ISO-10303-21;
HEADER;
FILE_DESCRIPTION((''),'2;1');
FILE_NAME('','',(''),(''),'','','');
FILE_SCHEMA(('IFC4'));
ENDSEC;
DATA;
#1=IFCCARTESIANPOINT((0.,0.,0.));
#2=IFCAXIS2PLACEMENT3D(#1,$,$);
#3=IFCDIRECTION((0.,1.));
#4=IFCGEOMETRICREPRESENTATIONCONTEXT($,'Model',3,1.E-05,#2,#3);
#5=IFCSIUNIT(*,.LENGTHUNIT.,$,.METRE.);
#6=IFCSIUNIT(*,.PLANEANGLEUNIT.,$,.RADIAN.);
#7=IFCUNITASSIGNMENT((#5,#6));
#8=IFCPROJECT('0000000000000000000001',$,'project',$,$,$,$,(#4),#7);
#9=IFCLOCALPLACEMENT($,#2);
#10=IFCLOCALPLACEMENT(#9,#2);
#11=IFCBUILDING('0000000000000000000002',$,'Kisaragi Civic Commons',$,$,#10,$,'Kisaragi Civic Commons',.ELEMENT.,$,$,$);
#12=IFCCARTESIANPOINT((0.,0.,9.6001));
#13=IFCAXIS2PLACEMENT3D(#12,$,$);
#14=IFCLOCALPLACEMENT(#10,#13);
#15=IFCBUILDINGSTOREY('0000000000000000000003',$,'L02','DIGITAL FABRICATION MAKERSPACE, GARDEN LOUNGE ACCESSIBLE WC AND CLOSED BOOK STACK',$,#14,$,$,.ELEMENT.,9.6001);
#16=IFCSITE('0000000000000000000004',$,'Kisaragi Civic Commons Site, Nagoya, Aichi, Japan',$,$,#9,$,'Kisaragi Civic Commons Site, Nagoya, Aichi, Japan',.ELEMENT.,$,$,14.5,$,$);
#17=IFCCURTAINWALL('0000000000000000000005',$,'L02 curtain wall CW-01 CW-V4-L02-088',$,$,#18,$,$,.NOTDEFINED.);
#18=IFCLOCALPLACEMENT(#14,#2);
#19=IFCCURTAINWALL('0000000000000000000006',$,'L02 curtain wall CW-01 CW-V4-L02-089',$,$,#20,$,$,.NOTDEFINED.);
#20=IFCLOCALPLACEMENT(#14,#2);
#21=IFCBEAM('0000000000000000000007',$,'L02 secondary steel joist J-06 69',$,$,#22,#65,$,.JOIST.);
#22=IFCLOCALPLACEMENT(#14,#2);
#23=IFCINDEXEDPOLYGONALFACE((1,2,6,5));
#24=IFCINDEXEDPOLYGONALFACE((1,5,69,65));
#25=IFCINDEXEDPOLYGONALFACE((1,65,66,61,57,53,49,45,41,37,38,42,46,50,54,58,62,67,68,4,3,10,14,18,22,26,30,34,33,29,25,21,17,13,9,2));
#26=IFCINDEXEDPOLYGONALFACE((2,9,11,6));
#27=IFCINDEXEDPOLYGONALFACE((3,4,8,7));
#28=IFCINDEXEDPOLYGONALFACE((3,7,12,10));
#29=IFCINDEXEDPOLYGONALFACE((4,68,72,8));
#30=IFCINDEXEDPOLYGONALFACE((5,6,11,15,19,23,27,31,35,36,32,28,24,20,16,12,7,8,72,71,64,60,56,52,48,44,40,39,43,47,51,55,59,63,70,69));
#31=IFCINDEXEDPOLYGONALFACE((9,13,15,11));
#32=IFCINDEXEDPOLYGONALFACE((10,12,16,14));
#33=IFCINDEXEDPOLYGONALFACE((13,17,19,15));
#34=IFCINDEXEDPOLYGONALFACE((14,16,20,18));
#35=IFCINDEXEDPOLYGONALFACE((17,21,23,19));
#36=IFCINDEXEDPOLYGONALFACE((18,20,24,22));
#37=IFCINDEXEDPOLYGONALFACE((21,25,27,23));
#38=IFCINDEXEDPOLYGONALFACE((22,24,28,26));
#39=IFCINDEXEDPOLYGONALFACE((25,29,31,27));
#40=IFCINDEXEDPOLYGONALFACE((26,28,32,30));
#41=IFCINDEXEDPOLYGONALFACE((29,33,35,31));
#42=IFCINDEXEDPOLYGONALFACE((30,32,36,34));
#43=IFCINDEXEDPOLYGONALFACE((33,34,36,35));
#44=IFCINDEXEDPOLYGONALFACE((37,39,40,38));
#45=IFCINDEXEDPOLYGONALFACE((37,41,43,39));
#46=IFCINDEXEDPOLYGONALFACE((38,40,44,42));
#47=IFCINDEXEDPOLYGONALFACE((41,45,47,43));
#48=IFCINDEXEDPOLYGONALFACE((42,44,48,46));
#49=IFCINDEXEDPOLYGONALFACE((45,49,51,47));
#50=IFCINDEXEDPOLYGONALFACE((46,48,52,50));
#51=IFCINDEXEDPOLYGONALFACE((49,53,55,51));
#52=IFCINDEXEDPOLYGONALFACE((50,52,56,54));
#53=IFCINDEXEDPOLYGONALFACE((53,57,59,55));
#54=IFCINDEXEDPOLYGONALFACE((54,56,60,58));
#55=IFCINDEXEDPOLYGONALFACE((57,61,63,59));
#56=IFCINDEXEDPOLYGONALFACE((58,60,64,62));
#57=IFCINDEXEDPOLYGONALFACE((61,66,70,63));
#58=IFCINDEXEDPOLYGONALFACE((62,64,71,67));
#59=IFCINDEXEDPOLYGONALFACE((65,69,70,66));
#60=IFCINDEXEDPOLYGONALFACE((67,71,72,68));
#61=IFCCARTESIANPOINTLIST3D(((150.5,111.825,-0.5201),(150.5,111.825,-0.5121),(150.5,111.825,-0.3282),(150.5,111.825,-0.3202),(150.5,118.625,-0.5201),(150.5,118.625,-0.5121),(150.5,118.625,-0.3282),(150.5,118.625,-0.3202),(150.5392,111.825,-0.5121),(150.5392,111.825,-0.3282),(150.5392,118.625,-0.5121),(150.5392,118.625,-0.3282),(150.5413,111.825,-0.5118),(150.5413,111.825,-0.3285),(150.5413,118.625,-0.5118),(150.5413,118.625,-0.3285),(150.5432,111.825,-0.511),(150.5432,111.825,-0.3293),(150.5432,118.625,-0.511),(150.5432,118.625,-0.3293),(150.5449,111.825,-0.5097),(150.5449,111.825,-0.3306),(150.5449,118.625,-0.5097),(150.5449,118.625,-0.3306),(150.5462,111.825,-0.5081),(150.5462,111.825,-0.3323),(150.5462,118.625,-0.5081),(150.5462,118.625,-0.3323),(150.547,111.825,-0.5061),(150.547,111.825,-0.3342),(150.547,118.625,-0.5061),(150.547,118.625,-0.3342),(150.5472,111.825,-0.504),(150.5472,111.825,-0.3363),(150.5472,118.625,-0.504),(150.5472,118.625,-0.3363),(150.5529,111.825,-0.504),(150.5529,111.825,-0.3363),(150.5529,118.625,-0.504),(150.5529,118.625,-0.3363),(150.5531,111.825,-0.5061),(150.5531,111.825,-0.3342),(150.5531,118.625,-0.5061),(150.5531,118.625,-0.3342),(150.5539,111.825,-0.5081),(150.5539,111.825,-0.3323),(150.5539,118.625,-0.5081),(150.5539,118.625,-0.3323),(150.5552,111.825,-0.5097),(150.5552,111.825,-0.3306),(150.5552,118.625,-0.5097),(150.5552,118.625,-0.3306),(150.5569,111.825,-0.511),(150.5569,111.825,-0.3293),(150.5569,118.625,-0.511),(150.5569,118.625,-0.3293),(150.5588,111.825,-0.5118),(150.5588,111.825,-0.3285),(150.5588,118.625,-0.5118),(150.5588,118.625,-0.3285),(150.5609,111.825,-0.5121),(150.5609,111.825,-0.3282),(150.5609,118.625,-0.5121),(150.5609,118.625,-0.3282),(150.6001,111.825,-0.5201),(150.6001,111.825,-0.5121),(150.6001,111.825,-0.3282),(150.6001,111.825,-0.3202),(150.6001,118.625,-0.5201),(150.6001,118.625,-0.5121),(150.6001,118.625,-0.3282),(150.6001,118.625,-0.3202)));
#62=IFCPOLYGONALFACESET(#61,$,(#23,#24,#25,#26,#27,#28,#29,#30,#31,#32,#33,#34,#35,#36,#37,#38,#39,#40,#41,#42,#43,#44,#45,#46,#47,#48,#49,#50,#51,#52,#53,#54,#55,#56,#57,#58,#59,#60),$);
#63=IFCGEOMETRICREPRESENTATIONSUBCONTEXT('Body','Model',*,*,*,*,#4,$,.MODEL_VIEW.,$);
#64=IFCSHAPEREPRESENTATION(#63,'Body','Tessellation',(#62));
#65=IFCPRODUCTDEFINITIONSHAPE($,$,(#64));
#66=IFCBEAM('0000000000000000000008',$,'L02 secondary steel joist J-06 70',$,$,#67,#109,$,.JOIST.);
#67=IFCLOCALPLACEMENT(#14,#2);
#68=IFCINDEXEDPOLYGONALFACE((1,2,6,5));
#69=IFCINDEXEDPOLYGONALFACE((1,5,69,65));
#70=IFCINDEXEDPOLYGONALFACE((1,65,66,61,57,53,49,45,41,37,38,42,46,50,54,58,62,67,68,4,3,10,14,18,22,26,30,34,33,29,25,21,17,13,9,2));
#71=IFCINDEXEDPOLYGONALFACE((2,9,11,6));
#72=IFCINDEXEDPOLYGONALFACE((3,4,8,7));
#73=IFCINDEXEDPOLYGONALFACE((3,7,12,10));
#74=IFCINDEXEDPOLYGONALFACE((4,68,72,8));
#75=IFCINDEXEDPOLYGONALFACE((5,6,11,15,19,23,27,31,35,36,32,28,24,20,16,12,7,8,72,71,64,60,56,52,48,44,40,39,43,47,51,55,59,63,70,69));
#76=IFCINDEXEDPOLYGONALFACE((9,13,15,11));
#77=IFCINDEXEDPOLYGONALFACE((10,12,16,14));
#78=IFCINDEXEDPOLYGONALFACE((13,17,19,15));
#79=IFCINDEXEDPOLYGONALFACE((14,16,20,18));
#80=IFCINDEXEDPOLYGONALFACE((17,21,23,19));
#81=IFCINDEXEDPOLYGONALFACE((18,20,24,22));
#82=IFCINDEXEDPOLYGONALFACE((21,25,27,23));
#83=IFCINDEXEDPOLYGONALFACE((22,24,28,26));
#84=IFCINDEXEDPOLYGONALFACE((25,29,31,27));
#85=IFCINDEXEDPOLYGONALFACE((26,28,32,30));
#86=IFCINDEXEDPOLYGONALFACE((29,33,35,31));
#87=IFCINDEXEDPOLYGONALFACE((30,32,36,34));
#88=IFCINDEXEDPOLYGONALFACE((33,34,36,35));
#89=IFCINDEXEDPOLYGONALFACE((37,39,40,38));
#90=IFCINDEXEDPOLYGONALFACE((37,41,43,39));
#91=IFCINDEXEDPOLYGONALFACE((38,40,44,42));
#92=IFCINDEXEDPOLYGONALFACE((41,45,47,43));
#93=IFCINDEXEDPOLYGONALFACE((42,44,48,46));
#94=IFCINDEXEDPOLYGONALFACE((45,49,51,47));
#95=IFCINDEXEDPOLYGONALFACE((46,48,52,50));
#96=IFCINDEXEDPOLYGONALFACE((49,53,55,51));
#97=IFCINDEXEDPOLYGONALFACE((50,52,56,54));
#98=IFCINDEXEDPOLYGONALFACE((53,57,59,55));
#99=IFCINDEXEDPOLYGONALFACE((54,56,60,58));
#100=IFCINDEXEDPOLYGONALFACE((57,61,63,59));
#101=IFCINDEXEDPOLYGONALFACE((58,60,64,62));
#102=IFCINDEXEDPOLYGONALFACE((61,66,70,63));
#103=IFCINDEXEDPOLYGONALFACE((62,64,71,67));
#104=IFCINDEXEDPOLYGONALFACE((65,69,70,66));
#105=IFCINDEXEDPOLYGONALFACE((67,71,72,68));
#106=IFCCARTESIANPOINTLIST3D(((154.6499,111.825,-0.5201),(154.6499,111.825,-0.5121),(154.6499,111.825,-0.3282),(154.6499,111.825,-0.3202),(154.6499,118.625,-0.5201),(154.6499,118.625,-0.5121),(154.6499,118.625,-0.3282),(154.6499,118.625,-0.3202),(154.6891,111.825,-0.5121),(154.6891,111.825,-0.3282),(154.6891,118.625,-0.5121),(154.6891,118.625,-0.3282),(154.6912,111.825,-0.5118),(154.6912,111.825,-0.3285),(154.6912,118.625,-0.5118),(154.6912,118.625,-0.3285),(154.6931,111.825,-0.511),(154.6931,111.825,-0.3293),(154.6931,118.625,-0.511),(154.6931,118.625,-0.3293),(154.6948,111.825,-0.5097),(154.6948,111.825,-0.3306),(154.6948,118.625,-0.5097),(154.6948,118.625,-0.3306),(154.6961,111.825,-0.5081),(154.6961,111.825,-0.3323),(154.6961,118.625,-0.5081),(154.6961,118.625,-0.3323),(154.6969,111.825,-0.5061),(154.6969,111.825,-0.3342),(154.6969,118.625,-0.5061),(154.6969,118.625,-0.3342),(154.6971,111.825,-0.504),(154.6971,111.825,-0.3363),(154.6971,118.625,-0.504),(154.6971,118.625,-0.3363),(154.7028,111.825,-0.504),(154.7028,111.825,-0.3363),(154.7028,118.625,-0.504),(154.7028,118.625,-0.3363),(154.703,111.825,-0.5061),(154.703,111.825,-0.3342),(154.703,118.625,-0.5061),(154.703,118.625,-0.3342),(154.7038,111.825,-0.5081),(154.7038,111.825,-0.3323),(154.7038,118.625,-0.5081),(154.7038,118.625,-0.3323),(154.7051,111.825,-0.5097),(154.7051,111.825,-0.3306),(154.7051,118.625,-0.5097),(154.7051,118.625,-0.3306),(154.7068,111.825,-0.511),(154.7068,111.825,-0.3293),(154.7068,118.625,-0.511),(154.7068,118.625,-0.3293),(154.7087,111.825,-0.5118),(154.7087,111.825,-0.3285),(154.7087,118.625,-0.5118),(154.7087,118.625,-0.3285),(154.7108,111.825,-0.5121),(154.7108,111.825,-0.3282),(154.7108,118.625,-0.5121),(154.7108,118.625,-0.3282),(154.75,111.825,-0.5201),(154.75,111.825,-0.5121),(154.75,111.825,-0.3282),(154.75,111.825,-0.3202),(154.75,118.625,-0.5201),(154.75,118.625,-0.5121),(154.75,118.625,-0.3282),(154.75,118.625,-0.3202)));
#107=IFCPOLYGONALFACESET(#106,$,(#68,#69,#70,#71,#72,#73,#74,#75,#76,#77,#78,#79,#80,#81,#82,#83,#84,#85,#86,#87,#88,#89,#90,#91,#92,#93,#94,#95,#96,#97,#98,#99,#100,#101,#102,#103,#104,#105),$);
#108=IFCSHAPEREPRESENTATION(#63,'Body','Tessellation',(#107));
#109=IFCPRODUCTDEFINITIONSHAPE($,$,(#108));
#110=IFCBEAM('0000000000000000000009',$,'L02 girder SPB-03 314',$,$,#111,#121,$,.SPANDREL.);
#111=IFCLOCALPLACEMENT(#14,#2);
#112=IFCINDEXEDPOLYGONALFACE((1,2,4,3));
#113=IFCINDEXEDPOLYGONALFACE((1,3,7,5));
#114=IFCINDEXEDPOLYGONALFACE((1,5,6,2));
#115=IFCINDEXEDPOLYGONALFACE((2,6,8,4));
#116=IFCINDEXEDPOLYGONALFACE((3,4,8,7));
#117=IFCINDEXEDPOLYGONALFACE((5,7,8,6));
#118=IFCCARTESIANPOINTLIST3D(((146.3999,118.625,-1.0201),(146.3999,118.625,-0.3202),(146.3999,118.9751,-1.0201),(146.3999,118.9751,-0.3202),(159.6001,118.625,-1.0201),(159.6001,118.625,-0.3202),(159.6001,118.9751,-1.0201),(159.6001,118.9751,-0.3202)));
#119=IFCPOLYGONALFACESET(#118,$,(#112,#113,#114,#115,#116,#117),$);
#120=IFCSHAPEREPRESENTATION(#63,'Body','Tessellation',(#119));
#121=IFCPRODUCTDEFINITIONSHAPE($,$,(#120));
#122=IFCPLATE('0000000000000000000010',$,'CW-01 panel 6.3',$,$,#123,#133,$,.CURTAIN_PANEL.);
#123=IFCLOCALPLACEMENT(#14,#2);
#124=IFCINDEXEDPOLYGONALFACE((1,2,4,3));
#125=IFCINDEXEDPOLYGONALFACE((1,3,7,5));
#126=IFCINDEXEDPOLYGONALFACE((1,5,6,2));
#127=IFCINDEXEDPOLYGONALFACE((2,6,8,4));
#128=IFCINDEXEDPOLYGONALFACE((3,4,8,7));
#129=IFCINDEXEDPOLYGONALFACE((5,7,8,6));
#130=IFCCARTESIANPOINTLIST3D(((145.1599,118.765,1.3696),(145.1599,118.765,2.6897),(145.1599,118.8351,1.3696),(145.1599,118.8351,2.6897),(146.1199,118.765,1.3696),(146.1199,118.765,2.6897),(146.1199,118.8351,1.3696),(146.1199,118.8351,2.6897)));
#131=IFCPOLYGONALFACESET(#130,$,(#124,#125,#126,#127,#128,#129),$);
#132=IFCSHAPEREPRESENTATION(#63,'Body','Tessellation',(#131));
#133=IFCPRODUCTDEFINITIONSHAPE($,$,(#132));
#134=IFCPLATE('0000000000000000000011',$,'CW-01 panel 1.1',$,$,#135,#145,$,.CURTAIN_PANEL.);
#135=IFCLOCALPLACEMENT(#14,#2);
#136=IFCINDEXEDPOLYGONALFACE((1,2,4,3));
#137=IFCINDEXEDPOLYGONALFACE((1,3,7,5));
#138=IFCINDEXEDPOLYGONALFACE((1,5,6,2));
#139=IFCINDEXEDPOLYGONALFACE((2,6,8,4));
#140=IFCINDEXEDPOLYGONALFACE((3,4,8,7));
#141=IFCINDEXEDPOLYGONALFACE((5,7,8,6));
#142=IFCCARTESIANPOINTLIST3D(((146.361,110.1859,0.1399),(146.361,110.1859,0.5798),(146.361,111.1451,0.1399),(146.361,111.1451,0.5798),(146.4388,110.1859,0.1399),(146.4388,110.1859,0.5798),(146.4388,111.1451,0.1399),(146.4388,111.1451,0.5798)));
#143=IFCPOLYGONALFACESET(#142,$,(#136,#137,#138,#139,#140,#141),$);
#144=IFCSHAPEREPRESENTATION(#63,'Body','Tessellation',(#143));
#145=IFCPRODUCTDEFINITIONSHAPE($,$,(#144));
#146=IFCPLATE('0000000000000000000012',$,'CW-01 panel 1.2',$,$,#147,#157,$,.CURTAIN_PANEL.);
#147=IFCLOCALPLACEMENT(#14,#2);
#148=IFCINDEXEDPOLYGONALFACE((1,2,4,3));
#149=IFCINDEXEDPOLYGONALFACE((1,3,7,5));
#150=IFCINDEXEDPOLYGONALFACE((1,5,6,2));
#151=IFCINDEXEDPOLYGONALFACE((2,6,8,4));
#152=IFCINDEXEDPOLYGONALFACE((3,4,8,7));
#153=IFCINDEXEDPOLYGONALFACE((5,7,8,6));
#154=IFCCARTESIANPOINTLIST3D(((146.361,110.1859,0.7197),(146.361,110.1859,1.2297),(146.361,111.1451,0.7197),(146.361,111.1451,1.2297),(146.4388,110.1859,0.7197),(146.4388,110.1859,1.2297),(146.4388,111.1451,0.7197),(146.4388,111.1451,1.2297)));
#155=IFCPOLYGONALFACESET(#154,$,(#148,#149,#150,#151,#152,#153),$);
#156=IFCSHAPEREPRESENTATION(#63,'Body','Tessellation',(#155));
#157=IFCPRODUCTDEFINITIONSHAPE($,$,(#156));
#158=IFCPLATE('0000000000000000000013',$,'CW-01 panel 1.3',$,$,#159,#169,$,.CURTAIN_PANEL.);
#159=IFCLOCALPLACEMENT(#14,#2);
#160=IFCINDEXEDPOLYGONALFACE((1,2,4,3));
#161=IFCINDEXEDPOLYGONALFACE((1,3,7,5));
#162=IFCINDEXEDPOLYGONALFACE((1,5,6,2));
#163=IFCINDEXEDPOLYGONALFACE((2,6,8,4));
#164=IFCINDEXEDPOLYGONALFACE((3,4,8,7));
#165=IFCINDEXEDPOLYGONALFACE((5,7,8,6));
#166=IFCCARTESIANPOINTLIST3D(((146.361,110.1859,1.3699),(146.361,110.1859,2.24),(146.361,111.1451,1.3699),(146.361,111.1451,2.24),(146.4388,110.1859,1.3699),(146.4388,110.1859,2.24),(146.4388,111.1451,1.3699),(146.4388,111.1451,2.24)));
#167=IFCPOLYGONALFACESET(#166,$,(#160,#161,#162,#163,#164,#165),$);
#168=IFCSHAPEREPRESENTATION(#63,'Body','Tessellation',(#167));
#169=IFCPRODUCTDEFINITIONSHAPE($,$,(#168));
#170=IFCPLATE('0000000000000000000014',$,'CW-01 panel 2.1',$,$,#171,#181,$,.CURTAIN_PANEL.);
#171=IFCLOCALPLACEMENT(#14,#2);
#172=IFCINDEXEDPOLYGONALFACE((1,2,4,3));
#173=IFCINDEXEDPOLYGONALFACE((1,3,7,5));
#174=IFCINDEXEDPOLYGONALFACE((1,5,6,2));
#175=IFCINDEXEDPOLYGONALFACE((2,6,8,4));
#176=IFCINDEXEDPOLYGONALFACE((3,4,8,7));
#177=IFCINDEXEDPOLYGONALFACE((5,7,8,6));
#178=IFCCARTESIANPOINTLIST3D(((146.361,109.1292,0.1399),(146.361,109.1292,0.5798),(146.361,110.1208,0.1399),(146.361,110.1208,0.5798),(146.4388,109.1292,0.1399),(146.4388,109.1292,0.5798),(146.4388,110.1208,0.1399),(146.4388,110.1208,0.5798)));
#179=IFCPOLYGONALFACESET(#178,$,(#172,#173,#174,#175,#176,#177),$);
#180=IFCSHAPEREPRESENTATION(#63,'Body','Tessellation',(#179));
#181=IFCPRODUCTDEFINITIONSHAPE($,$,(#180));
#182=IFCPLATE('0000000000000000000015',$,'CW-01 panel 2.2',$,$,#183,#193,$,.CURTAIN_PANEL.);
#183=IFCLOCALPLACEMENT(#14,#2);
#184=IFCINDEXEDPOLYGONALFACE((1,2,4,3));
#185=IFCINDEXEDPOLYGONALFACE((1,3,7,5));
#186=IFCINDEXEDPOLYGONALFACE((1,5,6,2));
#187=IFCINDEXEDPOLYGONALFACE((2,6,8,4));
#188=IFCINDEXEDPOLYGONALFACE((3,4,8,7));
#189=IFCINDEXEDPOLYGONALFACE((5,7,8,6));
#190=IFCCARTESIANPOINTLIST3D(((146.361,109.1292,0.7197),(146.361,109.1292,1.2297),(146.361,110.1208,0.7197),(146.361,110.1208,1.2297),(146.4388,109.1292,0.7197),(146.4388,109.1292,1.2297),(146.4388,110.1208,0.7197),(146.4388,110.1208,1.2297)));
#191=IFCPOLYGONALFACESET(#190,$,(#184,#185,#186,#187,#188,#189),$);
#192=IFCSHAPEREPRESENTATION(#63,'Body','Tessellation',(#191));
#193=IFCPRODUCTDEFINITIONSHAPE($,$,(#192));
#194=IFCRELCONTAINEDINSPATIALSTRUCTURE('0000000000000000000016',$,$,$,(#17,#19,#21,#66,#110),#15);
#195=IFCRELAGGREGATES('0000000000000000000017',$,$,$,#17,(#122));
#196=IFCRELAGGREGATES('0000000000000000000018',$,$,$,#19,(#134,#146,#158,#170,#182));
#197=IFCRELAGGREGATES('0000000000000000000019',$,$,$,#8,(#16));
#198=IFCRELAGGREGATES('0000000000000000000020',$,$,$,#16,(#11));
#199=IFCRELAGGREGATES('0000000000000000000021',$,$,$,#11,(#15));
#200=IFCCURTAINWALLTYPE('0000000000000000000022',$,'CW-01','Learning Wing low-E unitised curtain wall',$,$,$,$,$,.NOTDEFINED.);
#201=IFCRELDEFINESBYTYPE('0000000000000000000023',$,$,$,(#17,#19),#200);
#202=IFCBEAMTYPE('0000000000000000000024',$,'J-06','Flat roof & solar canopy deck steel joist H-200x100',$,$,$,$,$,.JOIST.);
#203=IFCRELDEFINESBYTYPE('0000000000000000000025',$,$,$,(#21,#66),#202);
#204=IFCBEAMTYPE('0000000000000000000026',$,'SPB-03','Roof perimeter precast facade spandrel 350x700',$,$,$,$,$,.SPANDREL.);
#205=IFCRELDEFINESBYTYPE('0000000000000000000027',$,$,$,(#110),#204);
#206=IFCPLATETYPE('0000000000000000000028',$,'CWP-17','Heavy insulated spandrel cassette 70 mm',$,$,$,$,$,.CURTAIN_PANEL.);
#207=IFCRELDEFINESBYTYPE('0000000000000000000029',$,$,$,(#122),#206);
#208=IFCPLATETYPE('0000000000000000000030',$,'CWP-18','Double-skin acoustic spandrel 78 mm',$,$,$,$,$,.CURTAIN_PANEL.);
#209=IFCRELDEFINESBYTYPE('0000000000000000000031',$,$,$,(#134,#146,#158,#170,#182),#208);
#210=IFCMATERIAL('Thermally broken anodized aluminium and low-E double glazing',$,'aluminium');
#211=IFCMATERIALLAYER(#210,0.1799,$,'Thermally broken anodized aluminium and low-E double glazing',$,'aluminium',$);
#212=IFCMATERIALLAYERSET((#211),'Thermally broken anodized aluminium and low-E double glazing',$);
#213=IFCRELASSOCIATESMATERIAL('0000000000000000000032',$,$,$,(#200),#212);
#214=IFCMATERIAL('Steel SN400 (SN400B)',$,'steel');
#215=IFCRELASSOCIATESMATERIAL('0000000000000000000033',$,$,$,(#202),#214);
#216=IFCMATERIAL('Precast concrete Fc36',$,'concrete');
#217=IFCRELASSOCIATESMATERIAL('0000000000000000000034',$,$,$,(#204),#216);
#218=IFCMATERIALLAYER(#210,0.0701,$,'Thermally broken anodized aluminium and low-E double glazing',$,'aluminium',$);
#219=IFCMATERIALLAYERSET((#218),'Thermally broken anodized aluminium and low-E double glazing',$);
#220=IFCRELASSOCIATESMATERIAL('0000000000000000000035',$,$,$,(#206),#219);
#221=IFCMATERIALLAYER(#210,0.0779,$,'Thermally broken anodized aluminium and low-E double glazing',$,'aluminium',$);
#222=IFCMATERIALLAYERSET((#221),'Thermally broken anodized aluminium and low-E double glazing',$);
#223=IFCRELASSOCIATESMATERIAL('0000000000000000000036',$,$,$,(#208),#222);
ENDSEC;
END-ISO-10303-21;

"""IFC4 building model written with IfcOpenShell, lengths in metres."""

from ifc_helpers import new_model, si_unit, direction, frame, origin, origin_2d, place, context, subcontext, project, spatial, rectangle, i_section, extrude, material, layer, layer_set, material_profile, profile_set, type_object, element, aggregate, save


model = new_model("IFC4")

# Units and contexts
model_context = context("Model", 3, precision=1e-05, world=origin(), true_north=direction((0.0, 1.0)))
body_context = subcontext(model_context, "Body", "Model", "MODEL_VIEW")
ifc_project = project(units=[si_unit("LENGTHUNIT", "METRE"), si_unit("PLANEANGLEUNIT", "RADIAN")], contexts=[model_context])

# Site, building, storey
site_placement = place(None, origin())
site = spatial("IfcSite", under=ifc_project, at=site_placement, Name="Kisaragi Civic Commons Site, Nagoya, Aichi, Japan", LongName="Kisaragi Civic Commons Site, Nagoya, Aichi, Japan", CompositionType="ELEMENT", RefElevation=14.5)
building_placement = place(site_placement, origin())
building = spatial("IfcBuilding", under=site, at=building_placement, Name="Kisaragi Civic Commons", LongName="Kisaragi Civic Commons", CompositionType="ELEMENT")
storey_placement = place(building_placement, frame((0.0, 0.0, 9.6001)))
storey = spatial("IfcBuildingStorey", under=building, at=storey_placement, Name="L02", Description="DIGITAL FABRICATION MAKERSPACE, GARDEN LOUNGE ACCESSIBLE WC AND CLOSED BOOK STACK", CompositionType="ELEMENT", Elevation=9.6001)

# Shared definitions
ifc_material_1 = material(Name="Precast concrete Fc36", Category="concrete")

# Curtain wall
ifc_material_2 = material(Name="Thermally broken anodized aluminium and low-E double glazing", Category="aluminium")
ifc_layer_1 = layer(ifc_material_2, 0.1799, Name="Thermally broken anodized aluminium and low-E double glazing", Category="aluminium")
ifc_layer_set_1 = layer_set([ifc_layer_1], Name="Thermally broken anodized aluminium and low-E double glazing")
curtain_wall_type = type_object("IfcCurtainWallType", Name="CW-01", Description="Learning Wing low-E unitised curtain wall", PredefinedType="NOTDEFINED", material=ifc_layer_set_1)
curtain_wall_1_placement = place(storey_placement, origin())
curtain_wall_1 = element("IfcCurtainWall", 1, at=curtain_wall_1_placement, inside=storey, type_object=curtain_wall_type, Name="L02 curtain wall CW-01 CW-V4-L02-088", PredefinedType="NOTDEFINED")

# Curtain wall
curtain_wall_2_placement = place(storey_placement, origin())
curtain_wall_2 = element("IfcCurtainWall", 2, at=curtain_wall_2_placement, inside=storey, type_object=curtain_wall_type, Name="L02 curtain wall CW-01 CW-V4-L02-089", PredefinedType="NOTDEFINED")

# Beams
ifc_material_3 = material(Name="Steel SN400 (SN400B)", Category="steel")
ifc_material_profile_1 = material_profile(ifc_material_3, i_section(OverallWidth=0.1001, OverallDepth=0.2, WebThickness=0.0056, FlangeThickness=0.0081, FilletRadius=0.0081, at=origin_2d()), Name="H-200x100x5.5x8", Category="steel")
ifc_profile_set_1 = profile_set([ifc_material_profile_1], Name="Steel SN400 (SN400B)")
beam_type_1 = type_object("IfcBeamType", Name="J-06", Description="Flat roof & solar canopy deck steel joist H-200x100", PredefinedType="JOIST", material=ifc_profile_set_1)
for number, where, z_axis, x_axis, name in (
    (3, (150.55, 111.825, -0.4202), (0.0, 1.0, 0.0), (-1.0, 0.0, 0.0), "L02 secondary steel joist J-06 69"),
    (4, (154.7, 111.825, -0.4202), (0.0, 1.0, 0.0), (-1.0, 0.0, 0.0), "L02 secondary steel joist J-06 70"),
):
    element("IfcBeam", number, at=place(storey_placement, frame(where, z_axis=z_axis, x_axis=x_axis)), inside=storey, type_object=beam_type_1, Name=name, PredefinedType="JOIST", context=body_context, shape_type="SweptSolid", body=[
        extrude(i_section(OverallWidth=0.1001, OverallDepth=0.2, WebThickness=0.0056, FlangeThickness=0.0081, FilletRadius=0.0081, at=origin_2d()), origin(), (0.0, 0.0, 1.0), 6.8),
    ])
ifc_material_profile_2 = material_profile(ifc_material_1, rectangle(XDim=0.3501, YDim=0.7, at=origin_2d()), Name="PC-350x700", Category="concrete")
ifc_profile_set_2 = profile_set([ifc_material_profile_2], Name="Precast concrete Fc36")
beam_type_2 = type_object("IfcBeamType", Name="SPB-03", Description="Roof perimeter precast facade spandrel 350x700", PredefinedType="SPANDREL", material=ifc_profile_set_2)
beam_1_placement = place(storey_placement, frame((146.3999, 118.8, -0.6702), z_axis=(1.0, 0.0, 0.0), x_axis=(0.0, 1.0, 0.0)))
element("IfcBeam", 5, at=beam_1_placement, inside=storey, type_object=beam_type_2, Name="L02 girder SPB-03 314", PredefinedType="SPANDREL", context=body_context, shape_type="SweptSolid", body=[
    extrude(rectangle(XDim=0.3501, YDim=0.7, at=origin_2d()), origin(), (0.0, 0.0, 1.0), 13.2002),
])

# Plates
ifc_layer_2 = layer(ifc_material_2, 0.0701, Name="Thermally broken anodized aluminium and low-E double glazing", Category="aluminium")
ifc_layer_set_2 = layer_set([ifc_layer_2], Name="Thermally broken anodized aluminium and low-E double glazing")
plate_type_1 = type_object("IfcPlateType", Name="CWP-17", Description="Heavy insulated spandrel cassette 70 mm", PredefinedType="CURTAIN_PANEL", material=ifc_layer_set_2)
plate_1_placement = place(storey_placement, frame((145.6399, 118.8, 1.3696), z_axis=(0.0, 0.0, 1.0), x_axis=(1.0, 0.0, 0.0)))
plate_1 = element("IfcPlate", 6, at=plate_1_placement, type_object=plate_type_1, Name="CW-01 panel 6.3", PredefinedType="CURTAIN_PANEL", context=body_context, shape_type="SweptSolid", body=[
    extrude(rectangle(XDim=0.96, YDim=0.0701, at=origin_2d()), origin(), (0.0, 0.0, 1.0), 1.3201),
])
aggregate(curtain_wall_1, [plate_1])
ifc_layer_3 = layer(ifc_material_2, 0.0779, Name="Thermally broken anodized aluminium and low-E double glazing", Category="aluminium")
ifc_layer_set_3 = layer_set([ifc_layer_3], Name="Thermally broken anodized aluminium and low-E double glazing")
plate_type_2 = type_object("IfcPlateType", Name="CWP-18", Description="Double-skin acoustic spandrel 78 mm", PredefinedType="CURTAIN_PANEL", material=ifc_layer_set_3)
plate_2_placement = place(storey_placement, frame((146.3999, 110.6655, 0.1399), z_axis=(0.0, 0.0, 1.0), x_axis=(0.0, -1.0, 0.0)))
plate_2 = element("IfcPlate", 7, at=plate_2_placement, type_object=plate_type_2, Name="CW-01 panel 1.1", PredefinedType="CURTAIN_PANEL", context=body_context, shape_type="SweptSolid", body=[
    extrude(rectangle(XDim=0.9592, YDim=0.0779, at=origin_2d()), origin(), (0.0, 0.0, 1.0), 0.4399),
])
plate_3_placement = place(storey_placement, frame((146.3999, 110.6655, 0.7197), z_axis=(0.0, 0.0, 1.0), x_axis=(0.0, -1.0, 0.0)))
plate_3 = element("IfcPlate", 8, at=plate_3_placement, type_object=plate_type_2, Name="CW-01 panel 1.2", PredefinedType="CURTAIN_PANEL", context=body_context, shape_type="SweptSolid", body=[
    extrude(rectangle(XDim=0.9592, YDim=0.0779, at=origin_2d()), origin(), (0.0, 0.0, 1.0), 0.51),
])
plate_4_placement = place(storey_placement, frame((146.3999, 110.6655, 1.3699), z_axis=(0.0, 0.0, 1.0), x_axis=(0.0, -1.0, 0.0)))
plate_4 = element("IfcPlate", 9, at=plate_4_placement, type_object=plate_type_2, Name="CW-01 panel 1.3", PredefinedType="CURTAIN_PANEL", context=body_context, shape_type="SweptSolid", body=[
    extrude(rectangle(XDim=0.9592, YDim=0.0779, at=origin_2d()), origin(), (0.0, 0.0, 1.0), 0.8701),
])
plate_5_placement = place(storey_placement, frame((146.3999, 109.625, 0.1399), z_axis=(0.0, 0.0, 1.0), x_axis=(0.0, -1.0, 0.0)))
plate_5 = element("IfcPlate", 10, at=plate_5_placement, type_object=plate_type_2, Name="CW-01 panel 2.1", PredefinedType="CURTAIN_PANEL", context=body_context, shape_type="SweptSolid", body=[
    extrude(rectangle(XDim=0.9917, YDim=0.0779, at=origin_2d()), origin(), (0.0, 0.0, 1.0), 0.4399),
])
plate_6_placement = place(storey_placement, frame((146.3999, 109.625, 0.7197), z_axis=(0.0, 0.0, 1.0), x_axis=(0.0, -1.0, 0.0)))
plate_6 = element("IfcPlate", 11, at=plate_6_placement, type_object=plate_type_2, Name="CW-01 panel 2.2", PredefinedType="CURTAIN_PANEL", context=body_context, shape_type="SweptSolid", body=[
    extrude(rectangle(XDim=0.9917, YDim=0.0779, at=origin_2d()), origin(), (0.0, 0.0, 1.0), 0.51),
])
aggregate(curtain_wall_2, [plate_2, plate_3, plate_4, plate_5, plate_6])

save(model, "model.ifc")
